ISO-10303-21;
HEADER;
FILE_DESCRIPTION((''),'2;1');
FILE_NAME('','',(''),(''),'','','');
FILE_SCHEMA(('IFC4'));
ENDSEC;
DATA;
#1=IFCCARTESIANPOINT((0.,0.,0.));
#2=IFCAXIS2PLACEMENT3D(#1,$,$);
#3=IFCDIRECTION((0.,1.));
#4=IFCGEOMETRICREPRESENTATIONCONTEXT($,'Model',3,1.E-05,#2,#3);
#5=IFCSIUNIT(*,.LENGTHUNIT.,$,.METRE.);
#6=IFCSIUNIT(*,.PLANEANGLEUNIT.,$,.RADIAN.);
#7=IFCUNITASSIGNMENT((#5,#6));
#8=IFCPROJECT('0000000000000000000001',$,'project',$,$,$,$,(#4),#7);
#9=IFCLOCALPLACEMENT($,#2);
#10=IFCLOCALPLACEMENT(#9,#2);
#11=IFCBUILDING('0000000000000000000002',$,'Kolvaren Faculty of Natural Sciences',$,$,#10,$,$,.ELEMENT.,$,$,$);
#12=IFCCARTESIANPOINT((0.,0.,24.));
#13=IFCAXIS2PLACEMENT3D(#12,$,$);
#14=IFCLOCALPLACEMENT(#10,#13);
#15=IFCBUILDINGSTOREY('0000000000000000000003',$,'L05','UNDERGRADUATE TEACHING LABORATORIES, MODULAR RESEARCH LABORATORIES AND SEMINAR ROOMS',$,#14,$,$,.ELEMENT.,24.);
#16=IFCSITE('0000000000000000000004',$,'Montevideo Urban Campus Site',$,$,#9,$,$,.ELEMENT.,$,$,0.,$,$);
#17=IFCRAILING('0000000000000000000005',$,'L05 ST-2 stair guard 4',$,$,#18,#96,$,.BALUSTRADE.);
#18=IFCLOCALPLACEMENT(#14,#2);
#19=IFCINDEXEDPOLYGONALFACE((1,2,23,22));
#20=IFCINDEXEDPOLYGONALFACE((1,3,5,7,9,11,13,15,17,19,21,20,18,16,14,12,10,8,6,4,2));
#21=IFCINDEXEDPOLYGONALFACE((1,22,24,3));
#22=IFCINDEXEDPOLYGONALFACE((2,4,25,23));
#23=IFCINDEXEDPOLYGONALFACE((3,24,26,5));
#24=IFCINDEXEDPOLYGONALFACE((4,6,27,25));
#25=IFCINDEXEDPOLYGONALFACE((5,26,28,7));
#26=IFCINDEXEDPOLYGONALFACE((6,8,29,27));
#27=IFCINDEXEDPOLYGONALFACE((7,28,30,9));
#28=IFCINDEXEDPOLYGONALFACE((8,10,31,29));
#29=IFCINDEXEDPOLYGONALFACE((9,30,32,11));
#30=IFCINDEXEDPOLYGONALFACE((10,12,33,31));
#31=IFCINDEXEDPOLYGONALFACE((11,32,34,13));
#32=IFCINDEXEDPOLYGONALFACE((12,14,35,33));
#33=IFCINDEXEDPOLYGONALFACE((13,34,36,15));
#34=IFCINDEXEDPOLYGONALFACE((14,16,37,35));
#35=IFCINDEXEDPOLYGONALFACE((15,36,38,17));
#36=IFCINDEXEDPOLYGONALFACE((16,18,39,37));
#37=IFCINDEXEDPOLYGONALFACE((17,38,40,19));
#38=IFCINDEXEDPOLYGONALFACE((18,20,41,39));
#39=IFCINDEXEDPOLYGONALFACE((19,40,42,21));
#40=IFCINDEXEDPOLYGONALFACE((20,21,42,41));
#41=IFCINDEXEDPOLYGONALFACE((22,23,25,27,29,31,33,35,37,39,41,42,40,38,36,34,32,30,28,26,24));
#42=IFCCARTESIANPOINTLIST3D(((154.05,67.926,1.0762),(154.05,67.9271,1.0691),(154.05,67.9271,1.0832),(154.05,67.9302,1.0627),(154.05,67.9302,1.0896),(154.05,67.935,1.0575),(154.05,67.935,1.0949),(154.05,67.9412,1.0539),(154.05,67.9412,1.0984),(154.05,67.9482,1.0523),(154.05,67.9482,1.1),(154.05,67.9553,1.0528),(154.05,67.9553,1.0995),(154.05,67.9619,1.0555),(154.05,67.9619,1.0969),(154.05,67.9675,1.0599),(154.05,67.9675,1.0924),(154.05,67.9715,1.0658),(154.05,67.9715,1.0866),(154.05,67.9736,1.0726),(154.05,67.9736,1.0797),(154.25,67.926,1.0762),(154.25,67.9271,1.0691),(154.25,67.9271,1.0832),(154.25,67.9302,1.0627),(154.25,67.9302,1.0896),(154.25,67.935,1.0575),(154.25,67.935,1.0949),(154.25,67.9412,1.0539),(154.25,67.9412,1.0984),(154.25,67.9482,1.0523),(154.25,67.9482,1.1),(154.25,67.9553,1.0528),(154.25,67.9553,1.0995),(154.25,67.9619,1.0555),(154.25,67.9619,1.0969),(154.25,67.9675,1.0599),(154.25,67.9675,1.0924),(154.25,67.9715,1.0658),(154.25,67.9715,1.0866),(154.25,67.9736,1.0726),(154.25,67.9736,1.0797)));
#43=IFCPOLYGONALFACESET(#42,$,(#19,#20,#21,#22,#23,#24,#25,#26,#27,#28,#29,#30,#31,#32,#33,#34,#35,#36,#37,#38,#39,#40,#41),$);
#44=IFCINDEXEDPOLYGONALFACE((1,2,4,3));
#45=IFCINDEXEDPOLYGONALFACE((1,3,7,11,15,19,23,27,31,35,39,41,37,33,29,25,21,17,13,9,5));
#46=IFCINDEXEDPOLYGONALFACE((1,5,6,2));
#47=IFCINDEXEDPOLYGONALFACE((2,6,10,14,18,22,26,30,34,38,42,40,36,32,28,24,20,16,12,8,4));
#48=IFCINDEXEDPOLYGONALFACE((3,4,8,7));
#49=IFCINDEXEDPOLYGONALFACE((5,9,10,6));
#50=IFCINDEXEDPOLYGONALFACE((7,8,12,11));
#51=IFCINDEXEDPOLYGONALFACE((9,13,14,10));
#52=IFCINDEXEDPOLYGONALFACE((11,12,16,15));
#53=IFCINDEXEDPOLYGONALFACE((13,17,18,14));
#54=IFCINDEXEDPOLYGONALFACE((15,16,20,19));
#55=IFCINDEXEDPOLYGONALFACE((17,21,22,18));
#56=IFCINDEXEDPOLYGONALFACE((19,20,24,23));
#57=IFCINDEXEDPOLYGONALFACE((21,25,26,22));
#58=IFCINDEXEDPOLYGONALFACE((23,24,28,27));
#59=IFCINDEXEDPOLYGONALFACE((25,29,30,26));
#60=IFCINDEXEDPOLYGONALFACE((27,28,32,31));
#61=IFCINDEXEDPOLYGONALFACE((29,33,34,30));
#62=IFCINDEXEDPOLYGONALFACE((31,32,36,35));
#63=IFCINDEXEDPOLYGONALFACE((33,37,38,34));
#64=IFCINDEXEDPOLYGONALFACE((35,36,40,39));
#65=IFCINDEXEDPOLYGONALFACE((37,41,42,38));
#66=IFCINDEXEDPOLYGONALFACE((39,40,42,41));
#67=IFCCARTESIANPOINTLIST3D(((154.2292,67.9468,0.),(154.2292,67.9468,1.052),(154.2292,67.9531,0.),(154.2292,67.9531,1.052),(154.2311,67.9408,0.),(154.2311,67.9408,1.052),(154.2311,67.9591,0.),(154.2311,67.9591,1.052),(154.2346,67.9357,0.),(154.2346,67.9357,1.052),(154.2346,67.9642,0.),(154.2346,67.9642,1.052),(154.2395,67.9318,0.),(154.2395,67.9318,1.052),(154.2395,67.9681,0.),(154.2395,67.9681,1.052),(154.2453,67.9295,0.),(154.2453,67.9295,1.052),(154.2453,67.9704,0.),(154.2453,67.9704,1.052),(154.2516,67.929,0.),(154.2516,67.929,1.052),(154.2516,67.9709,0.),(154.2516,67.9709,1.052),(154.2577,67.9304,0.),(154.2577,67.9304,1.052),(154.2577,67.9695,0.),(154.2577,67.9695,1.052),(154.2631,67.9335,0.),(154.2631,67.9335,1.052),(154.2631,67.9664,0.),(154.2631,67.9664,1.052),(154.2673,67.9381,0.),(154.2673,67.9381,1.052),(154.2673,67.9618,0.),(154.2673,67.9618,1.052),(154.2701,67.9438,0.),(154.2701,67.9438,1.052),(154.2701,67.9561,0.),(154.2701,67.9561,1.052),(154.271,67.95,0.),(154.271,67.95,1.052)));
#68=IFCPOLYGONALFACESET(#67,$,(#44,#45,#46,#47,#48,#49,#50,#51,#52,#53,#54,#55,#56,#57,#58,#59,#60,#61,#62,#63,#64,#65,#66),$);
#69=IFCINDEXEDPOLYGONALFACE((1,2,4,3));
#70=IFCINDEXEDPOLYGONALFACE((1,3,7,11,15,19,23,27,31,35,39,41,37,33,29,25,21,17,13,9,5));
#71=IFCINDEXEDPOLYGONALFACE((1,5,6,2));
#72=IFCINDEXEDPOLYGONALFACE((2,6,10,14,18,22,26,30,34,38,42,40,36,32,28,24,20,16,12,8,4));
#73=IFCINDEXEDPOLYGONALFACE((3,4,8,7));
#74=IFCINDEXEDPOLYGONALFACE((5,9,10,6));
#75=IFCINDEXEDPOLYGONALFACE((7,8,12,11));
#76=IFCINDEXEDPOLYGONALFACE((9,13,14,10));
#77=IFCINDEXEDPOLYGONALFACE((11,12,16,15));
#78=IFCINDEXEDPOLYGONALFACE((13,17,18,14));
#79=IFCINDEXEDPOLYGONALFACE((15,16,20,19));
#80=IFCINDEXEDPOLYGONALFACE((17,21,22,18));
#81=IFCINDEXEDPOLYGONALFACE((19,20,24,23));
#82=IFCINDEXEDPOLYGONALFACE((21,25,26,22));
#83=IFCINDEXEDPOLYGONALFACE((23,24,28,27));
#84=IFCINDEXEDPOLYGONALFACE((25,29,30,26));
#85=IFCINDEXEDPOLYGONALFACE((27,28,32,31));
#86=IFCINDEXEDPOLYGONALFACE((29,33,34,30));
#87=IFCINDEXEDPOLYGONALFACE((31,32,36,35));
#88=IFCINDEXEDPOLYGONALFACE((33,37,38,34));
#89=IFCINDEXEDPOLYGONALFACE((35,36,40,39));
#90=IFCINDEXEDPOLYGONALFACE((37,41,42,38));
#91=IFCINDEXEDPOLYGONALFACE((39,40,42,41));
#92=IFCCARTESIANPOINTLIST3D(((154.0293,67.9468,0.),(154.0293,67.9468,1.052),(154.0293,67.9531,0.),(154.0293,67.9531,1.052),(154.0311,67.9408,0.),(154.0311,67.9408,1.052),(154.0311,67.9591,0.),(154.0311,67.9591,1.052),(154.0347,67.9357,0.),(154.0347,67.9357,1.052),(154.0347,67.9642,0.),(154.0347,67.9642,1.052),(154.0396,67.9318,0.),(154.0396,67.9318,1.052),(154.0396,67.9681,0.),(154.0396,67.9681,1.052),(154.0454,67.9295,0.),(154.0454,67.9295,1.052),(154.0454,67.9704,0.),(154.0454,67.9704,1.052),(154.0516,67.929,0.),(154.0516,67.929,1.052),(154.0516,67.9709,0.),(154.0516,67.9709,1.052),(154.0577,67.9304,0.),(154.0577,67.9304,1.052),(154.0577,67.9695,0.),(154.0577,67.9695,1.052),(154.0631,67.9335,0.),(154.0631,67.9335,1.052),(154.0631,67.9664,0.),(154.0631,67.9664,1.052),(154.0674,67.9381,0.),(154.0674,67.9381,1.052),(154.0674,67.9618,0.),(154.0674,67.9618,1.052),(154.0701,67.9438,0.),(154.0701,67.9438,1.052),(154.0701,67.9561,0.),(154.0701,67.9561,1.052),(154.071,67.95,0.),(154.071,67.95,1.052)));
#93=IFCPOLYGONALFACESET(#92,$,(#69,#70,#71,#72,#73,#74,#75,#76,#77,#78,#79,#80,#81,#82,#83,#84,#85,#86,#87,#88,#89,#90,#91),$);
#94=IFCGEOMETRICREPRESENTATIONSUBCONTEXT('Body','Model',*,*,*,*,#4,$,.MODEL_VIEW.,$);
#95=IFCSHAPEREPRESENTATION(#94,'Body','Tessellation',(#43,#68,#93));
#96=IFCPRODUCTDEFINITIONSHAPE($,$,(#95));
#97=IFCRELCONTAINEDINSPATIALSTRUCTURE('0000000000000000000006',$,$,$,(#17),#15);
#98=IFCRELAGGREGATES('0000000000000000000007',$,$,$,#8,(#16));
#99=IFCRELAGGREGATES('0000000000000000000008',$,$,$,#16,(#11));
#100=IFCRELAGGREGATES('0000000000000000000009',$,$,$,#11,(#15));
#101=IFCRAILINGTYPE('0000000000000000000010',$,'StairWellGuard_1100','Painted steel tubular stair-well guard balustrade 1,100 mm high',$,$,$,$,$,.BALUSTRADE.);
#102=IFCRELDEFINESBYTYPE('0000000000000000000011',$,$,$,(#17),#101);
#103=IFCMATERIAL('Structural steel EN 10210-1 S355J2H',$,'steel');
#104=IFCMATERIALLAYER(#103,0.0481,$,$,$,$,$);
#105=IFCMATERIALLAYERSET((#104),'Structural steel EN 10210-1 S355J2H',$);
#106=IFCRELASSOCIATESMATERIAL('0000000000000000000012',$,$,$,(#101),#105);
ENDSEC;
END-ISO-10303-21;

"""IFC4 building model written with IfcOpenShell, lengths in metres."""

from ifc_helpers import new_model, si_unit, direction, frame, origin, origin_2d, place, context, subcontext, project, spatial, circle, extrude, material, layer, layer_set, type_object, element, save


model = new_model("IFC4")

# Units and contexts
model_context = context("Model", 3, precision=1e-05, world=origin(), true_north=direction((0.0, 1.0)))
body_context = subcontext(model_context, "Body", "Model", "MODEL_VIEW")
ifc_project = project(units=[si_unit("LENGTHUNIT", "METRE"), si_unit("PLANEANGLEUNIT", "RADIAN")], contexts=[model_context])

# Site, building, storey
site_placement = place(None, origin())
site = spatial("IfcSite", under=ifc_project, at=site_placement, Name="Montevideo Urban Campus Site", CompositionType="ELEMENT", RefElevation=0.0)
building_placement = place(site_placement, origin())
building = spatial("IfcBuilding", under=site, at=building_placement, Name="Kolvaren Faculty of Natural Sciences", CompositionType="ELEMENT")
storey_placement = place(building_placement, frame((0.0, 0.0, 24.0)))
storey = spatial("IfcBuildingStorey", under=building, at=storey_placement, Name="L05", Description="UNDERGRADUATE TEACHING LABORATORIES, MODULAR RESEARCH LABORATORIES AND SEMINAR ROOMS", CompositionType="ELEMENT", Elevation=24.0)

# Railing
ifc_material_1 = material(Name="Structural steel EN 10210-1 S355J2H", Category="steel")
ifc_layer_1 = layer(ifc_material_1, 0.0481)
ifc_layer_set_1 = layer_set([ifc_layer_1], Name="Structural steel EN 10210-1 S355J2H")
railing_type_1 = type_object("IfcRailingType", Name="StairWellGuard_1100", Description="Painted steel tubular stair-well guard balustrade 1,100 mm high", PredefinedType="BALUSTRADE", material=ifc_layer_set_1)
railing_1_placement = place(storey_placement, frame((154.25, 67.95, 0.0)))
element("IfcRailing", 1, at=railing_1_placement, inside=storey, type_object=railing_type_1, Name="L05 ST-2 stair guard 4", PredefinedType="BALUSTRADE", context=body_context, shape_type="SweptSolid", body=[
    extrude(circle(Radius=0.0239, at=origin_2d()), frame((0.0, 0.0, 1.0762), z_axis=(-1.0, 0.0, 0.0), x_axis=(0.0, -1.0, 0.0)), (0.0, 0.0, 1.0), 0.2),
    extrude(circle(Radius=0.021, at=origin_2d()), origin(), (0.0, 0.0, 1.0), 1.052),
    extrude(circle(Radius=0.021, at=origin_2d()), frame((-0.2, 0.0, 0.0)), (0.0, 0.0, 1.0), 1.052),
])

save(model, "model.ifc")
